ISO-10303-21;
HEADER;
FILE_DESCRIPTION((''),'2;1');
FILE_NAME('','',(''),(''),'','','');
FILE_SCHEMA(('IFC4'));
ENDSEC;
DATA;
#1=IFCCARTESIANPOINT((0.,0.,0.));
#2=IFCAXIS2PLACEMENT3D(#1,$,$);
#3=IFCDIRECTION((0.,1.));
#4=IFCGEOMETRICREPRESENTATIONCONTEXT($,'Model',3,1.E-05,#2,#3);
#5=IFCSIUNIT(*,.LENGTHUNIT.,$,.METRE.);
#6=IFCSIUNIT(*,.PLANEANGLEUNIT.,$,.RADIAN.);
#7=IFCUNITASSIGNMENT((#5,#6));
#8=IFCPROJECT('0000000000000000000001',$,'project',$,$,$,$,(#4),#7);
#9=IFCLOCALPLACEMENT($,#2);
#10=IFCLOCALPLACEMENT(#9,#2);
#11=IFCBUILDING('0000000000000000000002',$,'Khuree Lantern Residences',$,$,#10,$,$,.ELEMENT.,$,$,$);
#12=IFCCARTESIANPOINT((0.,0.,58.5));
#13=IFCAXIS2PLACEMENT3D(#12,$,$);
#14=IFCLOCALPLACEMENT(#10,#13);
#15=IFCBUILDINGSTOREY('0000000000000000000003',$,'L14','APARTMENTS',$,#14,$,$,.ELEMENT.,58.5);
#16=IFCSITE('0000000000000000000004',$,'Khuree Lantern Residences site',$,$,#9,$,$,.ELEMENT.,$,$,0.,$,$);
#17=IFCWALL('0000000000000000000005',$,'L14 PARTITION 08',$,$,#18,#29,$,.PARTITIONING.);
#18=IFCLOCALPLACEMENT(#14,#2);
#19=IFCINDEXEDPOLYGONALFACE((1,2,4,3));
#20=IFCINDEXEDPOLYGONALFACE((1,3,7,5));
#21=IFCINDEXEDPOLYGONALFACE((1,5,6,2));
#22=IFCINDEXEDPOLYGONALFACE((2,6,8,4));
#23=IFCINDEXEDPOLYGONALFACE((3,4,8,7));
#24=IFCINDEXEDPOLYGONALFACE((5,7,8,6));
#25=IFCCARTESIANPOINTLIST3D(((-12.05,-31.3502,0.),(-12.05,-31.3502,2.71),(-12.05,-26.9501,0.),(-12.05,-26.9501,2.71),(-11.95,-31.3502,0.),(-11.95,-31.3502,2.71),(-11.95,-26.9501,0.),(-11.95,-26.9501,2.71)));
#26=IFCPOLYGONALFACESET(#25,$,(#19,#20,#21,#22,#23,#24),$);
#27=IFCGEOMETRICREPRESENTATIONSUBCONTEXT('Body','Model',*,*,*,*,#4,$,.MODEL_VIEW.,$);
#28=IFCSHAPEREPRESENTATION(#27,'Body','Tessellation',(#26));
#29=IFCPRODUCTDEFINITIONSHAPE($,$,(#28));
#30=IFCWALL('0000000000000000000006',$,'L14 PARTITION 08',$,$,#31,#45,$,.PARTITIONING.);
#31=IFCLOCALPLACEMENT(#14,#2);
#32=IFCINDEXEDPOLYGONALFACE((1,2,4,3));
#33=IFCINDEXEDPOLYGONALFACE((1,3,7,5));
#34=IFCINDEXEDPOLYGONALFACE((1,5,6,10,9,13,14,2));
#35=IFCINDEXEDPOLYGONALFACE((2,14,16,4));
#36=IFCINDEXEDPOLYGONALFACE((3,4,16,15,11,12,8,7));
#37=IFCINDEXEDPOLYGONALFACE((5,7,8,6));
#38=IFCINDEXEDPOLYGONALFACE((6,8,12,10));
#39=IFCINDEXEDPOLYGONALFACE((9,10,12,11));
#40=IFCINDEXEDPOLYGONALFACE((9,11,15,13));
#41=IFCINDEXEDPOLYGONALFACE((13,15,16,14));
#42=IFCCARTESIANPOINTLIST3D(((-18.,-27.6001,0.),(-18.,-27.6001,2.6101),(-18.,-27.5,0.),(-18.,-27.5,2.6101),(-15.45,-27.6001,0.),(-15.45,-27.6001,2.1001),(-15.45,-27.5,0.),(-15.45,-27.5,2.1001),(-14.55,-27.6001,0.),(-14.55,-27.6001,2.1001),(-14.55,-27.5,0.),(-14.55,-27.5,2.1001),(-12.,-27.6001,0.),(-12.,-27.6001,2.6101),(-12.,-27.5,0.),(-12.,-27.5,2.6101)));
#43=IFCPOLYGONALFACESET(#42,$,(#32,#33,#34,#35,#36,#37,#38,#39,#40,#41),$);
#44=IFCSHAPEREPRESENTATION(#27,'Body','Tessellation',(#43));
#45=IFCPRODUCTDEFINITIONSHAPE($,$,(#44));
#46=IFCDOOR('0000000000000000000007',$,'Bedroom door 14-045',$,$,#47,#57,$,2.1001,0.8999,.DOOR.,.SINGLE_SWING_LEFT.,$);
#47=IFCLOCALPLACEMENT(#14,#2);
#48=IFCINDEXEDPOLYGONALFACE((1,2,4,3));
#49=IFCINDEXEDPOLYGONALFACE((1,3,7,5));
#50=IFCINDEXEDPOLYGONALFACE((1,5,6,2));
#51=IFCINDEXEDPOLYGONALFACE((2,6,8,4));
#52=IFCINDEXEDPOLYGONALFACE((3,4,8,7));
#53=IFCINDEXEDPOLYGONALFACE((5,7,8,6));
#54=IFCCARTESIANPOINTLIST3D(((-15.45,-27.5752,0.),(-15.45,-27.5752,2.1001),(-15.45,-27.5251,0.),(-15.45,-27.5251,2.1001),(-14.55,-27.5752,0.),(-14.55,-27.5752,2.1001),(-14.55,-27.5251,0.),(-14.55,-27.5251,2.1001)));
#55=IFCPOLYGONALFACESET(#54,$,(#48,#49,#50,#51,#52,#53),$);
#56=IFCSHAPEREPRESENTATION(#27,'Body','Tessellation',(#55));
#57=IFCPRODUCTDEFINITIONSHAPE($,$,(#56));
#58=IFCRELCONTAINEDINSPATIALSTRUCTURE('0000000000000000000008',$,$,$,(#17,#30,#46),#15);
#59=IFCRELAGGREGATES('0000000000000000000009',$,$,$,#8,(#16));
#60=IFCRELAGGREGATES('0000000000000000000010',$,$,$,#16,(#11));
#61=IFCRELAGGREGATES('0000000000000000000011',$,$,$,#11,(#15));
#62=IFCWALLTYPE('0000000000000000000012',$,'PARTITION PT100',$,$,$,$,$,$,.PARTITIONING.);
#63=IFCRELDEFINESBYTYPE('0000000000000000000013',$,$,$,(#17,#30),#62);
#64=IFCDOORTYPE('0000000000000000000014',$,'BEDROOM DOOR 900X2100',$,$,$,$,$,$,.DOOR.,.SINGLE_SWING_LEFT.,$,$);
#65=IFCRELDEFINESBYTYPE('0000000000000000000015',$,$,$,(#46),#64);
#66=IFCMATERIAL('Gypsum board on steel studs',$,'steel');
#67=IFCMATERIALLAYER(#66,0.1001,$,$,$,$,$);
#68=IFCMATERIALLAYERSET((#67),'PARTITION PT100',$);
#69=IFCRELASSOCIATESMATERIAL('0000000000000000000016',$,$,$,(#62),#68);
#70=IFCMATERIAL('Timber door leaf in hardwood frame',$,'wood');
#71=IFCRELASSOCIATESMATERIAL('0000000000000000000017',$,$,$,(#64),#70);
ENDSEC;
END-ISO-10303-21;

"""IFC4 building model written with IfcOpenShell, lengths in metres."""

from ifc_helpers import new_model, si_unit, direction, frame, frame_2d, origin, place, context, subcontext, project, spatial, rectangle, extrude, material, layer, layer_set, type_object, element, fill, save


model = new_model("IFC4")

# Units and contexts
model_context = context("Model", 3, precision=1e-05, world=origin(), true_north=direction((0.0, 1.0)))
body_context = subcontext(model_context, "Body", "Model", "MODEL_VIEW")
ifc_project = project(units=[si_unit("LENGTHUNIT", "METRE"), si_unit("PLANEANGLEUNIT", "RADIAN")], contexts=[model_context])

# Site, building, storey
site_placement = place(None, origin())
site = spatial("IfcSite", under=ifc_project, at=site_placement, Name="Khuree Lantern Residences site", CompositionType="ELEMENT", RefElevation=0.0)
building_placement = place(site_placement, origin())
building = spatial("IfcBuilding", under=site, at=building_placement, Name="Khuree Lantern Residences", CompositionType="ELEMENT")
storey_placement = place(building_placement, frame((0.0, 0.0, 58.5)))
storey = spatial("IfcBuildingStorey", under=building, at=storey_placement, Name="L14", Description="APARTMENTS", CompositionType="ELEMENT", Elevation=58.5)

# Shared definitions
ifc_material_1 = material(Name="Timber door leaf in hardwood frame", Category="wood")

# Shared definitions
ifc_material_2 = material(Name="Gypsum board on steel studs", Category="steel")

# Wall
ifc_layer_1 = layer(ifc_material_2, 0.1001)
ifc_layer_set_1 = layer_set([ifc_layer_1], Name="PARTITION PT100")
wall_type_1 = type_object("IfcWallType", Name="PARTITION PT100", PredefinedType="PARTITIONING", material=ifc_layer_set_1)
wall_1_placement = place(storey_placement, frame((-12.0, -26.95, 0.0), z_axis=(0.0, 0.0, 1.0), x_axis=(0.0, -1.0, 0.0)))
element("IfcWall", 1, at=wall_1_placement, inside=storey, type_object=wall_type_1, Name="L14 PARTITION 08", PredefinedType="PARTITIONING", context=body_context, shape_type="SweptSolid", body=[
    extrude(rectangle(XDim=4.4001, YDim=0.1001, at=frame_2d((2.2002, 0.0))), origin(), (0.0, 0.0, 1.0), 2.71),
])

# Wall, opening, door
wall_2_placement = place(storey_placement, frame((-18.0, -27.55, 0.0), z_axis=(0.0, 0.0, 1.0), x_axis=(1.0, 0.0, 0.0)))
wall_2 = element("IfcWall", 2, at=wall_2_placement, inside=storey, type_object=wall_type_1, Name="L14 PARTITION 08", PredefinedType="PARTITIONING", context=body_context, shape_type="SweptSolid", body=[
    extrude(rectangle(XDim=6.0, YDim=0.1001, at=frame_2d((3.0, 0.0))), origin(), (0.0, 0.0, 1.0), 2.6101),
])
opening_1_placement = place(wall_2_placement, frame((2.55, 0.0, 0.0)))
opening_1 = element("IfcOpeningElement", 3, at=opening_1_placement, cuts=wall_2, PredefinedType="OPENING", context=body_context, shape_type="SweptSolid", body=[
    extrude(rectangle(XDim=0.8999, YDim=2.1001, at=frame_2d((0.45, 1.05))), frame((0.0, 0.0601, 0.0), z_axis=(0.0, -1.0, 0.0), x_axis=(1.0, 0.0, 0.0)), (0.0, 0.0, 1.0), 0.1201),
])
door_type_1 = type_object("IfcDoorType", Name="BEDROOM DOOR 900X2100", OperationType="SINGLE_SWING_LEFT", PredefinedType="DOOR", material=ifc_material_1)
door_1_placement = place(opening_1_placement, origin())
door_1 = element("IfcDoor", 4, at=door_1_placement, inside=storey, type_object=door_type_1, Name="Bedroom door 14-045", OperationType="SINGLE_SWING_LEFT", OverallHeight=2.1001, OverallWidth=0.8999, PredefinedType="DOOR", context=body_context, shape_type="SweptSolid", body=[
    extrude(rectangle(XDim=0.8999, YDim=2.1001, at=frame_2d((0.45, 1.05))), frame((0.0, 0.0249, 0.0), z_axis=(0.0, -1.0, 0.0), x_axis=(1.0, 0.0, 0.0)), (0.0, 0.0, 1.0), 0.05),
])
fill(opening_1, door_1)

save(model, "model.ifc")
